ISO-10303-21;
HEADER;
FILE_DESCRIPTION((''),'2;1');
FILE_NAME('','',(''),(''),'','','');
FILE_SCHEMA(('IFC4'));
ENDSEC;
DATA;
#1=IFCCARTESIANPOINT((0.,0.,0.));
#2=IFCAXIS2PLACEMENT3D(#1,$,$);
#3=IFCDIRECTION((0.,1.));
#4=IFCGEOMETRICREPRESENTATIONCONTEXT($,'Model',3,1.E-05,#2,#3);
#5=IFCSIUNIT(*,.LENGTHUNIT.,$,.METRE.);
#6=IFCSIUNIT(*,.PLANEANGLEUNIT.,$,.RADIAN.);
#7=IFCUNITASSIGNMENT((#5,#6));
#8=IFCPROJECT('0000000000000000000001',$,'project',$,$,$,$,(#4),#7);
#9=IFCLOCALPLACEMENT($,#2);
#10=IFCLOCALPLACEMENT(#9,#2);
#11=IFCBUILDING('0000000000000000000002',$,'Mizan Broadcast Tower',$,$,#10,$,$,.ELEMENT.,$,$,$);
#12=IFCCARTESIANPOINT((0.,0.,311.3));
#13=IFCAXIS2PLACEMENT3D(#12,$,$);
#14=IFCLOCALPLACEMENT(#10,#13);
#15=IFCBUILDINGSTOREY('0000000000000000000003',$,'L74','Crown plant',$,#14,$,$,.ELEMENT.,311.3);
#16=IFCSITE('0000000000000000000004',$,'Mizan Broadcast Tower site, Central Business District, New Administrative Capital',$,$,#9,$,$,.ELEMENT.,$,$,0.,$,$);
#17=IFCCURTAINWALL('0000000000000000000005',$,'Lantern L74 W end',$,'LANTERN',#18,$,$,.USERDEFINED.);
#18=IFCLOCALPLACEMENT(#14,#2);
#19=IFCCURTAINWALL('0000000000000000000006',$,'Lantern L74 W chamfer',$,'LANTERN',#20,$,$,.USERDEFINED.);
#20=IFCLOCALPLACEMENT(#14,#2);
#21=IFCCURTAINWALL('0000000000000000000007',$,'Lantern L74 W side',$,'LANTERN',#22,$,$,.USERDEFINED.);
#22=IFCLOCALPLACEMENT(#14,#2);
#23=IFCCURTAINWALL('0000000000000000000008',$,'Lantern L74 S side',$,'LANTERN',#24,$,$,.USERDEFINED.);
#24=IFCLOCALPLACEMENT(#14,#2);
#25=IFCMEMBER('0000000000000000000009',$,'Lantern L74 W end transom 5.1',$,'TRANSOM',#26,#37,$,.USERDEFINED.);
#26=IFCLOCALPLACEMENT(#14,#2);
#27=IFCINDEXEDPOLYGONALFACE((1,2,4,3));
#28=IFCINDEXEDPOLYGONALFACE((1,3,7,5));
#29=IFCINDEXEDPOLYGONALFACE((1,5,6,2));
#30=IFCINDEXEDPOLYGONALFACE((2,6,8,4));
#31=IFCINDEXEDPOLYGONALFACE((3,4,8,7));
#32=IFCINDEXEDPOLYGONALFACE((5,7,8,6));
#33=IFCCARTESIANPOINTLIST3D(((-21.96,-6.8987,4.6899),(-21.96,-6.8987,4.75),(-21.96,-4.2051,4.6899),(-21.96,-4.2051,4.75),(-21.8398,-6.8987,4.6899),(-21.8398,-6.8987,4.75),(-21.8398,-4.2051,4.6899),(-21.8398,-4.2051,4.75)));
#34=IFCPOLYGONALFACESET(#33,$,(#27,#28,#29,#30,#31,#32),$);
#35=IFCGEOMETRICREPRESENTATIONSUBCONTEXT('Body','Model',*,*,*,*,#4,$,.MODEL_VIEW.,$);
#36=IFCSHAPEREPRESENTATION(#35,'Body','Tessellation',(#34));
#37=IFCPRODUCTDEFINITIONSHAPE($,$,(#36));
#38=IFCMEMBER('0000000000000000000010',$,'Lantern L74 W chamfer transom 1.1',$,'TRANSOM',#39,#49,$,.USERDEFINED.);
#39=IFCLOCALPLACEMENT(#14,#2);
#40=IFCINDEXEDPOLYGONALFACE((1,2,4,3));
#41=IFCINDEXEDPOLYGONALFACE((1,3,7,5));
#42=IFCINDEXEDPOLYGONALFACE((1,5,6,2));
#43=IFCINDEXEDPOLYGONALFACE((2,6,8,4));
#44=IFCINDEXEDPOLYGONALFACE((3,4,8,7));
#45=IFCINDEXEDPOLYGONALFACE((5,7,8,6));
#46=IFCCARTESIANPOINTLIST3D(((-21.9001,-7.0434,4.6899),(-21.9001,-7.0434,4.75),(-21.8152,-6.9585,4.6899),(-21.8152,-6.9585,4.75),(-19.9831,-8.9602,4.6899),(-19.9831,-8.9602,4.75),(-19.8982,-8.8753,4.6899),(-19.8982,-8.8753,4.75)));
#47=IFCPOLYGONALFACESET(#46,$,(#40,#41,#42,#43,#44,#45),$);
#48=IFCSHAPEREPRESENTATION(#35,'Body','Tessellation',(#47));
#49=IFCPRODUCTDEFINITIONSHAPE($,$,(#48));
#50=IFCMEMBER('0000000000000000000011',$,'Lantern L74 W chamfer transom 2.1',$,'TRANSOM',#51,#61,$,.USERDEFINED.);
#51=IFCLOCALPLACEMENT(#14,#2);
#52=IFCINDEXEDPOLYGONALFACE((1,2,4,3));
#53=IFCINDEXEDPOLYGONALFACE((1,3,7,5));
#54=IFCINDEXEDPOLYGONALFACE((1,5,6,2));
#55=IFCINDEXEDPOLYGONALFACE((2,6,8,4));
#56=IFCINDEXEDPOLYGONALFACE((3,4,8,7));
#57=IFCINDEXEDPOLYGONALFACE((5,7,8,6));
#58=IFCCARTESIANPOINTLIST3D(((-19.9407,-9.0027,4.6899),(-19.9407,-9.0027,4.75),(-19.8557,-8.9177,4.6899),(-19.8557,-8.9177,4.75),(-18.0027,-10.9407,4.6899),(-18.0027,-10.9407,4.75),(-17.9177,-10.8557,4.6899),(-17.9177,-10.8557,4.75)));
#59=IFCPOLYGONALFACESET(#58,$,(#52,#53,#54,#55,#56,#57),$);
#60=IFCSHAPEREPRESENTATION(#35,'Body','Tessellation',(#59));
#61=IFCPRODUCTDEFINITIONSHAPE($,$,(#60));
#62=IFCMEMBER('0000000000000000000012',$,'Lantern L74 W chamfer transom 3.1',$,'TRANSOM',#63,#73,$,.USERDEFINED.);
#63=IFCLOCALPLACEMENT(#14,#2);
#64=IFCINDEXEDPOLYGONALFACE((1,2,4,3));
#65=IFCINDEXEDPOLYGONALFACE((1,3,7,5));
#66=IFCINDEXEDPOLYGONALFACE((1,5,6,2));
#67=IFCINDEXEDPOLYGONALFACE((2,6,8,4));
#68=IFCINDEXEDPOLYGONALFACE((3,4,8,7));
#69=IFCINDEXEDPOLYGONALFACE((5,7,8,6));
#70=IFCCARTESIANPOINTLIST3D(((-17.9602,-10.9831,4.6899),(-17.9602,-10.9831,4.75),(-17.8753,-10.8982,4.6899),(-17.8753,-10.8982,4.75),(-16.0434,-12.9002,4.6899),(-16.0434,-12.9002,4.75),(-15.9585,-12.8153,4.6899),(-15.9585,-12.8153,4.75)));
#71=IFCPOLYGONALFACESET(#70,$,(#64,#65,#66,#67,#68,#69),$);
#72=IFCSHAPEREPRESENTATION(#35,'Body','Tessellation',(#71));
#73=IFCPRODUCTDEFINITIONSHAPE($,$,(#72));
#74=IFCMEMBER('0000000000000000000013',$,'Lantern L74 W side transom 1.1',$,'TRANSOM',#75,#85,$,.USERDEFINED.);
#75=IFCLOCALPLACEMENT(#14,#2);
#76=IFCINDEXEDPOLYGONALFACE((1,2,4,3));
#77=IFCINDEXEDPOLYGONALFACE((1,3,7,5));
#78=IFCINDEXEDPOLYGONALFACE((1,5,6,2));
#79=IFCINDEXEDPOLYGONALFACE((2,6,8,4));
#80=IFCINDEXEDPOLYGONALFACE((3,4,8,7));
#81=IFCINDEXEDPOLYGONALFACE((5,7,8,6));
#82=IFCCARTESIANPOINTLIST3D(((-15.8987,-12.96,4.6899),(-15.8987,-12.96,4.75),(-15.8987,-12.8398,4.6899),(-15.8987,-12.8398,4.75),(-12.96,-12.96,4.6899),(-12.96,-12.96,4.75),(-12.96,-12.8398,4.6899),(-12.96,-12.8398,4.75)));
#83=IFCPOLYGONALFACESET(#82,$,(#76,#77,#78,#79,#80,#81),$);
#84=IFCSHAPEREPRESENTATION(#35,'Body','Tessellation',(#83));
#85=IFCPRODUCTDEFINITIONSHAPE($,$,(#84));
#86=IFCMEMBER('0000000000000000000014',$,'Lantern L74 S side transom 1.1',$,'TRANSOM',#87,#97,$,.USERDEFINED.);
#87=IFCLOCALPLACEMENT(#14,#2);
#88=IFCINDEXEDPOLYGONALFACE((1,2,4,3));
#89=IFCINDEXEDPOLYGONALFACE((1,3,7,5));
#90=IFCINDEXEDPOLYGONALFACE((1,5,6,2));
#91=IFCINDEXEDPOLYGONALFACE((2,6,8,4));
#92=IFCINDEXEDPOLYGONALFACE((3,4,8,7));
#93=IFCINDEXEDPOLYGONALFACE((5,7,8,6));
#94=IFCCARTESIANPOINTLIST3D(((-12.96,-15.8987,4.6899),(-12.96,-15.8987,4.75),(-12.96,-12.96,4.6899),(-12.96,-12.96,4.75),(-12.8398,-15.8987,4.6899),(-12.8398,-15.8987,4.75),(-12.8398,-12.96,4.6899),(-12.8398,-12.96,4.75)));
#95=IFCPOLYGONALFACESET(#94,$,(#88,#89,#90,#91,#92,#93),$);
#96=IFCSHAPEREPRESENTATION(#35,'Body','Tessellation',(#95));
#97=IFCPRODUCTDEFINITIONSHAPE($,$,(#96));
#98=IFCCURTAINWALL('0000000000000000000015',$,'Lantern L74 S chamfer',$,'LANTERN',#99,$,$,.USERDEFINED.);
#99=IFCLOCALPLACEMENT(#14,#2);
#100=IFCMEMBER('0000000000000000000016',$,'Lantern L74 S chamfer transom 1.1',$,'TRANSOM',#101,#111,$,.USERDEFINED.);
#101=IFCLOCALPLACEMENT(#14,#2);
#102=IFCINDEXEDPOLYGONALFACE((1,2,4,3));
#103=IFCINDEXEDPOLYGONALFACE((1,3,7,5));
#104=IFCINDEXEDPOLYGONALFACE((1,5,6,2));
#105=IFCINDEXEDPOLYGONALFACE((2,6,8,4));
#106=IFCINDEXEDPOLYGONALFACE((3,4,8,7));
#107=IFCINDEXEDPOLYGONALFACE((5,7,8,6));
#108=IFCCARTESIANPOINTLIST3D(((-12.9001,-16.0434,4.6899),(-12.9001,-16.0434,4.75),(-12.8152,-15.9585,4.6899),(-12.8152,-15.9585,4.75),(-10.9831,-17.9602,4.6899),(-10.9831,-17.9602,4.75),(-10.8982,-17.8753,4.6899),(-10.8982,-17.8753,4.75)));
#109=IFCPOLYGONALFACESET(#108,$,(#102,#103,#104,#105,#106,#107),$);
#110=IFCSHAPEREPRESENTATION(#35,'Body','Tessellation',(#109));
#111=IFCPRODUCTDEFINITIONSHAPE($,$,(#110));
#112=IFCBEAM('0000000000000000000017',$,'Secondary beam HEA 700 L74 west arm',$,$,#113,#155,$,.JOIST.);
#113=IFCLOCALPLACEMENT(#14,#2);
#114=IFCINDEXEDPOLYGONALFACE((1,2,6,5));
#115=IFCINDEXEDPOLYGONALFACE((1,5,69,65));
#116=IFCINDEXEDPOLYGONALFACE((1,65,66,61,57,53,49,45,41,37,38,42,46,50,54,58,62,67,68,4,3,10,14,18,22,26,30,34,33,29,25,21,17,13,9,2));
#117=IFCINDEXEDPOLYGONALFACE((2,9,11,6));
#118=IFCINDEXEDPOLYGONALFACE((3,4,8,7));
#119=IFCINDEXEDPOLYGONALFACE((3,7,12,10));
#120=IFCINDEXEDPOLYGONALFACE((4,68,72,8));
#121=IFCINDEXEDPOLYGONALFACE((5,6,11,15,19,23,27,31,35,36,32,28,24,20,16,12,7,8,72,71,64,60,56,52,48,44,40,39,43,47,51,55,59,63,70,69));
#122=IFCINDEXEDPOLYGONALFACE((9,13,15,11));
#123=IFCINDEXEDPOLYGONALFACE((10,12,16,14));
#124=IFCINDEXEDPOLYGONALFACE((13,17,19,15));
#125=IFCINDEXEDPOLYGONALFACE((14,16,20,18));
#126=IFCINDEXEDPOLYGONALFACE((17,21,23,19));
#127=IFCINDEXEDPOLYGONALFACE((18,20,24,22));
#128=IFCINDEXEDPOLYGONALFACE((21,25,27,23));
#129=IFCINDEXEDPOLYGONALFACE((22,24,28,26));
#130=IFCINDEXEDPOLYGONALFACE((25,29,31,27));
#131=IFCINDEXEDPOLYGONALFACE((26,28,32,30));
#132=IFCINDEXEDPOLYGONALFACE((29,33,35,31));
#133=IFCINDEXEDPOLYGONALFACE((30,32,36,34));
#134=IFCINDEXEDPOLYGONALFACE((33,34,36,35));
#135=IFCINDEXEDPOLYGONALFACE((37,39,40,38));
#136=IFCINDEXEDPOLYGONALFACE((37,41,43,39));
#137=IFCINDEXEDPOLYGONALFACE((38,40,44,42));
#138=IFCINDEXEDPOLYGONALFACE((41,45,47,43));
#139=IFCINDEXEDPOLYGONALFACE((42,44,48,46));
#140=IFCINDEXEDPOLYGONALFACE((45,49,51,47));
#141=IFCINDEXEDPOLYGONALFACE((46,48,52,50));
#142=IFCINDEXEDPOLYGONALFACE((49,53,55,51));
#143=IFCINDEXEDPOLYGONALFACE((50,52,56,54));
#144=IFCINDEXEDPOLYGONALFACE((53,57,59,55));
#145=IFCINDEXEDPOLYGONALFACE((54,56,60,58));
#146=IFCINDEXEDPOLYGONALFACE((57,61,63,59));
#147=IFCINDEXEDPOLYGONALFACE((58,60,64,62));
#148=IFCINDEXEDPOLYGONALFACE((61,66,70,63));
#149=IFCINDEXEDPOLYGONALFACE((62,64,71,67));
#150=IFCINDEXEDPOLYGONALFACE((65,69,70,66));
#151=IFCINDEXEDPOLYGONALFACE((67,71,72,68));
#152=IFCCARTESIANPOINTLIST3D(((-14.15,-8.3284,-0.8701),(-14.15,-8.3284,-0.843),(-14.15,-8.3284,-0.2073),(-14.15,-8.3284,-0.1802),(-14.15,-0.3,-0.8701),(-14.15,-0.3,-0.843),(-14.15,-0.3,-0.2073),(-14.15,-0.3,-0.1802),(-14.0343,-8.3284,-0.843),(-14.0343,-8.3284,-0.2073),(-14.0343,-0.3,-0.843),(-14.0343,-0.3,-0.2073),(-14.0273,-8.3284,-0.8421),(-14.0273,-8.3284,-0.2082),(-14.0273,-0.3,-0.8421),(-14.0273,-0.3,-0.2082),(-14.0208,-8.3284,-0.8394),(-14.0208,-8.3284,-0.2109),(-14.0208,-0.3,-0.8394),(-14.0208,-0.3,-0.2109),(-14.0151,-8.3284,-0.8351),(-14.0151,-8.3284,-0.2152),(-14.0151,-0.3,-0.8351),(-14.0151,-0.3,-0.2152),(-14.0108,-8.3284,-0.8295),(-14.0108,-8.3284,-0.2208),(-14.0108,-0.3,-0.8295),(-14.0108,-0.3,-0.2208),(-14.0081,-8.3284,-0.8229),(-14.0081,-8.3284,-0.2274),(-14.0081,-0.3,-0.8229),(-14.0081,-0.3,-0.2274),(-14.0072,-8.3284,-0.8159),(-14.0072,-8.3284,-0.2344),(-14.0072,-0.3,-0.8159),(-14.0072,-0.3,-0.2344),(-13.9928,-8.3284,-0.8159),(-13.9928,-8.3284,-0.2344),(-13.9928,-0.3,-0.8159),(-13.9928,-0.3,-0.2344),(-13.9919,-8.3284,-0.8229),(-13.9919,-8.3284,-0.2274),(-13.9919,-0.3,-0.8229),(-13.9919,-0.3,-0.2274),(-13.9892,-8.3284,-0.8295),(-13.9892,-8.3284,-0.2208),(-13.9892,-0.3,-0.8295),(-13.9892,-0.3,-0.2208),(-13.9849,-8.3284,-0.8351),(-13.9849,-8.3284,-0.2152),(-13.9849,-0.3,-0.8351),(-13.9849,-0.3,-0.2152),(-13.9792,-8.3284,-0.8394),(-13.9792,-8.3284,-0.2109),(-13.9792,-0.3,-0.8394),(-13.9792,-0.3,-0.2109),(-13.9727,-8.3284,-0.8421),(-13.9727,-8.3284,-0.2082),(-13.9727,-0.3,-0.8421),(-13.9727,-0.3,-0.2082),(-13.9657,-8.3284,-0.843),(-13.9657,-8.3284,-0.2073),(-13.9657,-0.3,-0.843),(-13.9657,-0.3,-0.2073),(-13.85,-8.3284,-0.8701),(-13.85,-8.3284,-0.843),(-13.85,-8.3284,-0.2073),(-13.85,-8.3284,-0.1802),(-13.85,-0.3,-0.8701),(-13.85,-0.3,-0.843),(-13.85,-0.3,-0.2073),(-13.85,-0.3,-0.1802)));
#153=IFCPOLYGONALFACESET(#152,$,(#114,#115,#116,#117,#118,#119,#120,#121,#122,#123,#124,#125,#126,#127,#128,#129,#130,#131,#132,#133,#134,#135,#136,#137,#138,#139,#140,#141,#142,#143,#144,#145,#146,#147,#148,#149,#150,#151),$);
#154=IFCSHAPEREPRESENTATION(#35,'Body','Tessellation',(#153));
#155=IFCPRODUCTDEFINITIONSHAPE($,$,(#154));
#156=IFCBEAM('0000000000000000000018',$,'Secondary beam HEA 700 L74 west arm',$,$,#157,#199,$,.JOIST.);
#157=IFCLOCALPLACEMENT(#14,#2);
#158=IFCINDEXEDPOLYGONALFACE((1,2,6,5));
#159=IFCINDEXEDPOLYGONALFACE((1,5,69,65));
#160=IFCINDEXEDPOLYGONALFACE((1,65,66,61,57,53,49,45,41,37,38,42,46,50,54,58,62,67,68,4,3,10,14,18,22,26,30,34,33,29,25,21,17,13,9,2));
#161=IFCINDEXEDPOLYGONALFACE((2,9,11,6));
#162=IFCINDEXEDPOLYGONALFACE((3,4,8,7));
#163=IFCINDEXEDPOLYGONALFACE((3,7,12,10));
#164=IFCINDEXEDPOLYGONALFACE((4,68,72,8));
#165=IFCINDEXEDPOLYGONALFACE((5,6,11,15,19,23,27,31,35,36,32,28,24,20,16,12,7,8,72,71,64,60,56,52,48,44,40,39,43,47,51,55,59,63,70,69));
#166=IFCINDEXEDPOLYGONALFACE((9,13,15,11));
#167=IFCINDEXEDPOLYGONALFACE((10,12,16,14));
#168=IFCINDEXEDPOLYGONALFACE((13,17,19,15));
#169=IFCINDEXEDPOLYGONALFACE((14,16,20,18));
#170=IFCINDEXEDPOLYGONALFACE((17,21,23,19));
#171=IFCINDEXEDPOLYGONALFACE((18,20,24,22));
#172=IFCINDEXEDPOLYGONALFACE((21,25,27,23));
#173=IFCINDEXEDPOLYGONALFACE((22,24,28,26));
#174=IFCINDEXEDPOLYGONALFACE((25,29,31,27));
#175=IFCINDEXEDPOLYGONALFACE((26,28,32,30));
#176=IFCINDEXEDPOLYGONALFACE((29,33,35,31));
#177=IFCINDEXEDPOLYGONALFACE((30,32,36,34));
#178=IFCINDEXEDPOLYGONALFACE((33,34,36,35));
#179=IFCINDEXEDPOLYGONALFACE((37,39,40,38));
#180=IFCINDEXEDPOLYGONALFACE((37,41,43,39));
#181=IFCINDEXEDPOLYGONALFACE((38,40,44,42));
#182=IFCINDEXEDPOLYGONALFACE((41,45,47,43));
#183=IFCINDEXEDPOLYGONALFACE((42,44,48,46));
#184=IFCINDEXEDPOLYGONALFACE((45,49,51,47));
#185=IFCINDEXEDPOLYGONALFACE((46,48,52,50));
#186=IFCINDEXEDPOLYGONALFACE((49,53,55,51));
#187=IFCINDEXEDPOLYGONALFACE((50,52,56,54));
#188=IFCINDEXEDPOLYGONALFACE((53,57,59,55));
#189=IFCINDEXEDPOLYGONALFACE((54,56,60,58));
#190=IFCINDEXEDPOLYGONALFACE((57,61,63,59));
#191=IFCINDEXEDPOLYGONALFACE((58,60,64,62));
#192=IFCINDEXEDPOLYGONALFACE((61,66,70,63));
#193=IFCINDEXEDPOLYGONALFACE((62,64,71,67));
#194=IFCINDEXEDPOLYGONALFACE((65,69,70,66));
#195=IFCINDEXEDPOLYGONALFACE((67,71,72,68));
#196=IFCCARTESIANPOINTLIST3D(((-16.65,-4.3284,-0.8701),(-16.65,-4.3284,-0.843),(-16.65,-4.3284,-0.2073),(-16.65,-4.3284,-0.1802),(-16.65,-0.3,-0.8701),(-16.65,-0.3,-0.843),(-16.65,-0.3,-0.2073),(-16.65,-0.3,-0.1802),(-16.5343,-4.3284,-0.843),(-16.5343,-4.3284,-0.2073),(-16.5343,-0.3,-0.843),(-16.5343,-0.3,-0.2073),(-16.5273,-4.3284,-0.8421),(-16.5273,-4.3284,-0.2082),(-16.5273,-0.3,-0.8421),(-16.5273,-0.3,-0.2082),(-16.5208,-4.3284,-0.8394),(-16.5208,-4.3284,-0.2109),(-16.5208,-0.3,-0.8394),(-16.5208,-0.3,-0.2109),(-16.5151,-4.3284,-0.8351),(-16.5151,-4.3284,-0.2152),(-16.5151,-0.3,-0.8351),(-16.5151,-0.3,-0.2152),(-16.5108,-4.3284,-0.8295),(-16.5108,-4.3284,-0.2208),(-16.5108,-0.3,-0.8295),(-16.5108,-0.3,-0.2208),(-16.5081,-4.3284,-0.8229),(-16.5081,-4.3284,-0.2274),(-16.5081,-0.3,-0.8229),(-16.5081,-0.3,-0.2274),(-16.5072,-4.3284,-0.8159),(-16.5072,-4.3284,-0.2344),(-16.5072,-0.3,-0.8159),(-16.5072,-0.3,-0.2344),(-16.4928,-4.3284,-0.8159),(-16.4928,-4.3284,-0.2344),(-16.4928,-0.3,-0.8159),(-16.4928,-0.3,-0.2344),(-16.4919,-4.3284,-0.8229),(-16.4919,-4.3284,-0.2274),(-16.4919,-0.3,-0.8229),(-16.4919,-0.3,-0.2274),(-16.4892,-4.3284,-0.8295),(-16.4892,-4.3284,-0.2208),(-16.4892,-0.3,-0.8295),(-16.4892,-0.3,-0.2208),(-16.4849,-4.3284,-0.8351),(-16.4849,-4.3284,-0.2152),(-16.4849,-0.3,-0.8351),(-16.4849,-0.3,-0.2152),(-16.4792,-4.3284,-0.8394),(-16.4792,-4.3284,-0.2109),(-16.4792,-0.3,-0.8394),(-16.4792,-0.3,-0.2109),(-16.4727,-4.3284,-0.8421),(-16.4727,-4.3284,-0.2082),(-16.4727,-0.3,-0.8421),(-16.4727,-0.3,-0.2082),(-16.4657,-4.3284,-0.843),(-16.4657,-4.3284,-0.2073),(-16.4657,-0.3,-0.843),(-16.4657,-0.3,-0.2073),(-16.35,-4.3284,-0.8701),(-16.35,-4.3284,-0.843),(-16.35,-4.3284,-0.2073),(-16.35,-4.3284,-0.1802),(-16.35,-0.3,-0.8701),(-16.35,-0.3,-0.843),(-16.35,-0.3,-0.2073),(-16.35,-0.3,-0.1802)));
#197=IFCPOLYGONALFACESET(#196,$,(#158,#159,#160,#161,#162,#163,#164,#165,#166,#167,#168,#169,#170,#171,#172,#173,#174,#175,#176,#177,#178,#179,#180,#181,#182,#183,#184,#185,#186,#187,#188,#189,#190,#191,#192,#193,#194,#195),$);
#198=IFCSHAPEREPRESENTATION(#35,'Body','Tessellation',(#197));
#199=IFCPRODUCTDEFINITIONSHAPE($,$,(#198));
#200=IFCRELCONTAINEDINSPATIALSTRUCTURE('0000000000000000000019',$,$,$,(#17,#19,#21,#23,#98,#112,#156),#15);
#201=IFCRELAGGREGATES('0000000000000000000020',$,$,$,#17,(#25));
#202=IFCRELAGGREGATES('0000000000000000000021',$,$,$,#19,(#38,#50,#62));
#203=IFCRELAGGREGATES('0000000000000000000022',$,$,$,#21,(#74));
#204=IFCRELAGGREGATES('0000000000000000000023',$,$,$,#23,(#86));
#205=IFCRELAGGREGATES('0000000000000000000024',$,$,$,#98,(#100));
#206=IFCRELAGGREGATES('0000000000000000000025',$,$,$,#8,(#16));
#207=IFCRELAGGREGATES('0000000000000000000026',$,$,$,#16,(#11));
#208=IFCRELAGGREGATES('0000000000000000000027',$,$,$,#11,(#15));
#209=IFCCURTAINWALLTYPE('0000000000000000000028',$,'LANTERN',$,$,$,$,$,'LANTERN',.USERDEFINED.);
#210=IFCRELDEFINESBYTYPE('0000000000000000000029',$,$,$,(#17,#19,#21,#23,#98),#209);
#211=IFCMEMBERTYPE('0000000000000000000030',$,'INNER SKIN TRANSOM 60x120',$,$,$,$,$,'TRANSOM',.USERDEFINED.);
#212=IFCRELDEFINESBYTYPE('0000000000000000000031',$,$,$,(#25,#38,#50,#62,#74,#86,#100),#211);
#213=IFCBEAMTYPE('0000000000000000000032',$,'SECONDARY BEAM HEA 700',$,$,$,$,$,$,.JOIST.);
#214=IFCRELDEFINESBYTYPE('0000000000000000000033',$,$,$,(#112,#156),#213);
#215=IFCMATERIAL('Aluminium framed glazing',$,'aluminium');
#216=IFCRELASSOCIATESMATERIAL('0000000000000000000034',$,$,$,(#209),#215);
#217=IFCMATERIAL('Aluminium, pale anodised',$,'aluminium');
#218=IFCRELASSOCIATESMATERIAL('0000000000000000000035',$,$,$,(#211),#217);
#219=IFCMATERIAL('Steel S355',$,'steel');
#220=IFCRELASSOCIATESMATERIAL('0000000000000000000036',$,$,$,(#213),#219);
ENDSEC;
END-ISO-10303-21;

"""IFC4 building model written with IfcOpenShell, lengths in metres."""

from ifc_helpers import new_model, si_unit, direction, frame, origin, origin_2d, place, context, subcontext, project, spatial, rectangle, i_section, extrude, material, material_profile, profile_set, type_object, element, aggregate, save


model = new_model("IFC4")

# Units and contexts
model_context = context("Model", 3, precision=1e-05, world=origin(), true_north=direction((0.0, 1.0)))
body_context = subcontext(model_context, "Body", "Model", "MODEL_VIEW")
ifc_project = project(units=[si_unit("LENGTHUNIT", "METRE"), si_unit("PLANEANGLEUNIT", "RADIAN")], contexts=[model_context])

# Site, building, storey
site_placement = place(None, origin())
site = spatial("IfcSite", under=ifc_project, at=site_placement, Name="Mizan Broadcast Tower site, Central Business District, New Administrative Capital", CompositionType="ELEMENT", RefElevation=0.0)
building_placement = place(site_placement, origin())
building = spatial("IfcBuilding", under=site, at=building_placement, Name="Mizan Broadcast Tower", CompositionType="ELEMENT")
storey_placement = place(building_placement, frame((0.0, 0.0, 311.3)))
storey = spatial("IfcBuildingStorey", under=building, at=storey_placement, Name="L74", Description="Crown plant", CompositionType="ELEMENT", Elevation=311.3)

# Curtain walls
ifc_material_1 = material(Name="Aluminium framed glazing", Category="aluminium")
curtain_wall_type = type_object("IfcCurtainWallType", Name="LANTERN", ElementType="LANTERN", PredefinedType="USERDEFINED", material=ifc_material_1)
curtain_wall_1_placement = place(storey_placement, origin())
curtain_wall_1 = element("IfcCurtainWall", 1, at=curtain_wall_1_placement, inside=storey, type_object=curtain_wall_type, Name="Lantern L74 W end", ObjectType="LANTERN", PredefinedType="USERDEFINED")
curtain_wall_2_placement = place(storey_placement, origin())
curtain_wall_2 = element("IfcCurtainWall", 2, at=curtain_wall_2_placement, inside=storey, type_object=curtain_wall_type, Name="Lantern L74 W chamfer", ObjectType="LANTERN", PredefinedType="USERDEFINED")

# Curtain walls
curtain_wall_3_placement = place(storey_placement, origin())
curtain_wall_3 = element("IfcCurtainWall", 3, at=curtain_wall_3_placement, inside=storey, type_object=curtain_wall_type, Name="Lantern L74 W side", ObjectType="LANTERN", PredefinedType="USERDEFINED")
curtain_wall_4_placement = place(storey_placement, origin())
curtain_wall_4 = element("IfcCurtainWall", 4, at=curtain_wall_4_placement, inside=storey, type_object=curtain_wall_type, Name="Lantern L74 S side", ObjectType="LANTERN", PredefinedType="USERDEFINED")

# Members
ifc_material_2 = material(Name="Aluminium, pale anodised", Category="aluminium")
ifc_material_profile_1 = material_profile(ifc_material_2, rectangle(XDim=0.1201, YDim=0.0601, at=origin_2d()), Name="TRANSOM 120x60")
ifc_profile_set_1 = profile_set([ifc_material_profile_1], Name="Aluminium, pale anodised")
member_type_1 = type_object("IfcMemberType", Name="INNER SKIN TRANSOM 60x120", ElementType="TRANSOM", PredefinedType="USERDEFINED", material=ifc_profile_set_1)
member_1_placement = place(storey_placement, frame((-21.8999, -4.2051, 4.72), z_axis=(0.0, -1.0, 0.0), x_axis=(1.0, 0.0, 0.0)))
member_1 = element("IfcMember", 5, at=member_1_placement, type_object=member_type_1, Name="Lantern L74 W end transom 5.1", ObjectType="TRANSOM", PredefinedType="USERDEFINED", context=body_context, shape_type="SweptSolid", body=[
    extrude(rectangle(XDim=0.1201, YDim=0.0601, at=origin_2d()), origin(), (0.0, 0.0, 1.0), 2.6936),
])
member_2_placement = place(storey_placement, frame((-21.8577, -7.001, 4.72), z_axis=(0.707152, -0.707062, 0.0), x_axis=(0.707062, 0.707152, 0.0)))
member_2 = element("IfcMember", 6, at=member_2_placement, type_object=member_type_1, Name="Lantern L74 W chamfer transom 1.1", ObjectType="TRANSOM", PredefinedType="USERDEFINED", context=body_context, shape_type="SweptSolid", body=[
    extrude(rectangle(XDim=0.1201, YDim=0.0601, at=origin_2d()), origin(), (0.0, 0.0, 1.0), 2.7109),
])
member_3_placement = place(storey_placement, frame((-19.8982, -8.9602, 4.72), z_axis=(0.707107, -0.707107, 0.0), x_axis=(0.707107, 0.707107, 0.0)))
member_3 = element("IfcMember", 7, at=member_3_placement, type_object=member_type_1, Name="Lantern L74 W chamfer transom 2.1", ObjectType="TRANSOM", PredefinedType="USERDEFINED", context=body_context, shape_type="SweptSolid", body=[
    extrude(rectangle(XDim=0.1201, YDim=0.0601, at=origin_2d()), origin(), (0.0, 0.0, 1.0), 2.7407),
])
member_4_placement = place(storey_placement, frame((-17.9177, -10.9407, 4.72), z_axis=(0.707062, -0.707152, 0.0), x_axis=(0.707152, 0.707062, 0.0)))
member_4 = element("IfcMember", 8, at=member_4_placement, type_object=member_type_1, Name="Lantern L74 W chamfer transom 3.1", ObjectType="TRANSOM", PredefinedType="USERDEFINED", context=body_context, shape_type="SweptSolid", body=[
    extrude(rectangle(XDim=0.1201, YDim=0.0601, at=origin_2d()), origin(), (0.0, 0.0, 1.0), 2.7109),
])
member_5_placement = place(storey_placement, frame((-15.8987, -12.8999, 4.72), z_axis=(1.0, 0.0, 0.0), x_axis=(0.0, 1.0, 0.0)))
member_5 = element("IfcMember", 9, at=member_5_placement, type_object=member_type_1, Name="Lantern L74 W side transom 1.1", ObjectType="TRANSOM", PredefinedType="USERDEFINED", context=body_context, shape_type="SweptSolid", body=[
    extrude(rectangle(XDim=0.1201, YDim=0.0601, at=origin_2d()), origin(), (0.0, 0.0, 1.0), 2.9387),
])
member_6_placement = place(storey_placement, frame((-12.8999, -12.96, 4.72), z_axis=(0.0, -1.0, 0.0), x_axis=(1.0, 0.0, 0.0)))
member_6 = element("IfcMember", 10, at=member_6_placement, type_object=member_type_1, Name="Lantern L74 S side transom 1.1", ObjectType="TRANSOM", PredefinedType="USERDEFINED", context=body_context, shape_type="SweptSolid", body=[
    extrude(rectangle(XDim=0.1201, YDim=0.0601, at=origin_2d()), origin(), (0.0, 0.0, 1.0), 2.9387),
])

# Curtain wall, member
curtain_wall_5_placement = place(storey_placement, origin())
curtain_wall_5 = element("IfcCurtainWall", 11, at=curtain_wall_5_placement, inside=storey, type_object=curtain_wall_type, Name="Lantern L74 S chamfer", ObjectType="LANTERN", PredefinedType="USERDEFINED")
member_7_placement = place(storey_placement, frame((-12.8577, -16.001, 4.72), z_axis=(0.707152, -0.707062, 0.0), x_axis=(0.707062, 0.707152, 0.0)))
member_7 = element("IfcMember", 12, at=member_7_placement, type_object=member_type_1, Name="Lantern L74 S chamfer transom 1.1", ObjectType="TRANSOM", PredefinedType="USERDEFINED", context=body_context, shape_type="SweptSolid", body=[
    extrude(rectangle(XDim=0.1201, YDim=0.0601, at=origin_2d()), origin(), (0.0, 0.0, 1.0), 2.7109),
])

# Beams
ifc_material_3 = material(Name="Steel S355", Category="steel")
ifc_material_profile_2 = material_profile(ifc_material_3, i_section(OverallWidth=0.3, OverallDepth=0.6899, WebThickness=0.0144, FlangeThickness=0.0271, FilletRadius=0.0271, at=origin_2d()), Name="HEA 700")
ifc_profile_set_2 = profile_set([ifc_material_profile_2], Name="Steel S355")
beam_type_1 = type_object("IfcBeamType", Name="SECONDARY BEAM HEA 700", PredefinedType="JOIST", material=ifc_profile_set_2)
beam_1_placement = place(storey_placement, frame((-14.0, -8.3284, -0.5251), z_axis=(0.0, 1.0, 0.0), x_axis=(-1.0, 0.0, 0.0)))
element("IfcBeam", 13, at=beam_1_placement, inside=storey, type_object=beam_type_1, Name="Secondary beam HEA 700 L74 west arm", PredefinedType="JOIST", context=body_context, shape_type="SweptSolid", body=[
    extrude(i_section(OverallWidth=0.3, OverallDepth=0.6899, WebThickness=0.0144, FlangeThickness=0.0271, FilletRadius=0.0271, at=origin_2d()), origin(), (0.0, 0.0, 1.0), 8.0283),
])
beam_2_placement = place(storey_placement, frame((-16.5, -4.3284, -0.5251), z_axis=(0.0, 1.0, 0.0), x_axis=(-1.0, 0.0, 0.0)))
element("IfcBeam", 14, at=beam_2_placement, inside=storey, type_object=beam_type_1, Name="Secondary beam HEA 700 L74 west arm", PredefinedType="JOIST", context=body_context, shape_type="SweptSolid", body=[
    extrude(i_section(OverallWidth=0.3, OverallDepth=0.6899, WebThickness=0.0144, FlangeThickness=0.0271, FilletRadius=0.0271, at=origin_2d()), origin(), (0.0, 0.0, 1.0), 4.0283),
])

aggregate(curtain_wall_1, [member_1])
aggregate(curtain_wall_2, [member_2, member_3, member_4])
aggregate(curtain_wall_3, [member_5])
aggregate(curtain_wall_4, [member_6])
aggregate(curtain_wall_5, [member_7])

save(model, "model.ifc")
